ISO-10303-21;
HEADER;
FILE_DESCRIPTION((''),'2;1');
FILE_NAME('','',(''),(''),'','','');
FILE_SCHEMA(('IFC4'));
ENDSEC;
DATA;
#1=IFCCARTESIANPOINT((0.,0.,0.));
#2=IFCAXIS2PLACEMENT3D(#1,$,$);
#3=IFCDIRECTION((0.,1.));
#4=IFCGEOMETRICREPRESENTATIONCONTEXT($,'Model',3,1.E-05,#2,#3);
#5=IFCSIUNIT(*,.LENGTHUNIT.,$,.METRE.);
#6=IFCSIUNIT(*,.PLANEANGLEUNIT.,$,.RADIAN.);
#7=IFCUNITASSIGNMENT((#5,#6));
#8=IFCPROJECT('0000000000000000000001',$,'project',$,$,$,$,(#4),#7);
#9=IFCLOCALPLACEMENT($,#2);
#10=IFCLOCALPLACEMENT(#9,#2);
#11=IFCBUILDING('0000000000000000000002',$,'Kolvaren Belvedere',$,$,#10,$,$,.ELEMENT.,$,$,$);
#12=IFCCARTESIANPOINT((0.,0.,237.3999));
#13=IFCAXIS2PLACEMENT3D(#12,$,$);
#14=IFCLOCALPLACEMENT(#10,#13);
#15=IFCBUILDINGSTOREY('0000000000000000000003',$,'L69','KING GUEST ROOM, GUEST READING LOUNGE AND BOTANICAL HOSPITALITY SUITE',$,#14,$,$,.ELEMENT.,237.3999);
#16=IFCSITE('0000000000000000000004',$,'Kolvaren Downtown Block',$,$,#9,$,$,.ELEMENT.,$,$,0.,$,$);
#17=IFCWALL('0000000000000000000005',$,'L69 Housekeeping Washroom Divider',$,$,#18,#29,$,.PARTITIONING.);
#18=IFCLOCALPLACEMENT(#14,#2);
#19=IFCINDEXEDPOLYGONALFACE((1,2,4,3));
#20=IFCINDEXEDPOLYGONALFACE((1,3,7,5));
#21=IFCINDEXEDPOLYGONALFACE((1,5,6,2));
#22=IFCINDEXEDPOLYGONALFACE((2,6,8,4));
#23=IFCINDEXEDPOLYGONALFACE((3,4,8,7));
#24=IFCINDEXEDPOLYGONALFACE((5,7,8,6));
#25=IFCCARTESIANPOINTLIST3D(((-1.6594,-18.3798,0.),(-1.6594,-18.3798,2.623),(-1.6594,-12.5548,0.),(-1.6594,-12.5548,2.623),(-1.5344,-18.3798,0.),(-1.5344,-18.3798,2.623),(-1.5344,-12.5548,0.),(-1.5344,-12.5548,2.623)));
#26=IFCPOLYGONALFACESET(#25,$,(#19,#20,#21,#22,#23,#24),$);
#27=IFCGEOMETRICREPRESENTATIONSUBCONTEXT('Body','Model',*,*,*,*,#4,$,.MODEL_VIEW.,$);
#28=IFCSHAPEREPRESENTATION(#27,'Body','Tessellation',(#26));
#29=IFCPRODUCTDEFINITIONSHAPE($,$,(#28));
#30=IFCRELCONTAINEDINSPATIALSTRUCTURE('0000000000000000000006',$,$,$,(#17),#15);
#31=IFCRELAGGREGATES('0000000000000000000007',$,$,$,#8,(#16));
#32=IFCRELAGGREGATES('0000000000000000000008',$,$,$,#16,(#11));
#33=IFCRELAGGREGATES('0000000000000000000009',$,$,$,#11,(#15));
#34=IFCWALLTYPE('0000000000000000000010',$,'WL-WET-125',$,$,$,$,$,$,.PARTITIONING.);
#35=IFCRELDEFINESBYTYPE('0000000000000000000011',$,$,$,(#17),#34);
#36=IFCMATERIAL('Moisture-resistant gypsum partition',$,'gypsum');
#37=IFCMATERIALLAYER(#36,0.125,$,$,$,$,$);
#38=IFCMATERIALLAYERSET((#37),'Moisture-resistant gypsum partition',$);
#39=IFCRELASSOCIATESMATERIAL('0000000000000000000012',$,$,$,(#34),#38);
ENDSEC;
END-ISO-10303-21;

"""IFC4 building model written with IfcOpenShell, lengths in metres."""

from ifc_helpers import new_model, si_unit, direction, frame, frame_2d, origin, place, context, subcontext, project, spatial, rectangle, extrude, material, layer, layer_set, type_object, element, save


model = new_model("IFC4")

# Units and contexts
model_context = context("Model", 3, precision=1e-05, world=origin(), true_north=direction((0.0, 1.0)))
body_context = subcontext(model_context, "Body", "Model", "MODEL_VIEW")
ifc_project = project(units=[si_unit("LENGTHUNIT", "METRE"), si_unit("PLANEANGLEUNIT", "RADIAN")], contexts=[model_context])

# Site, building, storey
site_placement = place(None, origin())
site = spatial("IfcSite", under=ifc_project, at=site_placement, Name="Kolvaren Downtown Block", CompositionType="ELEMENT", RefElevation=0.0)
building_placement = place(site_placement, origin())
building = spatial("IfcBuilding", under=site, at=building_placement, Name="Kolvaren Belvedere", CompositionType="ELEMENT")
storey_placement = place(building_placement, frame((0.0, 0.0, 237.3999)))
storey = spatial("IfcBuildingStorey", under=building, at=storey_placement, Name="L69", Description="KING GUEST ROOM, GUEST READING LOUNGE AND BOTANICAL HOSPITALITY SUITE", CompositionType="ELEMENT", Elevation=237.3999)

# Wall
ifc_material_1 = material(Name="Moisture-resistant gypsum partition", Category="gypsum")
ifc_layer_1 = layer(ifc_material_1, 0.125)
ifc_layer_set_1 = layer_set([ifc_layer_1], Name="Moisture-resistant gypsum partition")
wall_type_1 = type_object("IfcWallType", Name="WL-WET-125", PredefinedType="PARTITIONING", material=ifc_layer_set_1)
wall_1_placement = place(storey_placement, frame((-1.5969, -18.3799, 0.0), z_axis=(0.0, 0.0, 1.0), x_axis=(0.0, 1.0, 0.0)))
element("IfcWall", 1, at=wall_1_placement, inside=storey, type_object=wall_type_1, Name="L69 Housekeeping Washroom Divider", PredefinedType="PARTITIONING", context=body_context, shape_type="SweptSolid", body=[
    extrude(rectangle(XDim=5.825, YDim=0.125, at=frame_2d((2.9126, 0.0))), origin(), (0.0, 0.0, 1.0), 2.623),
])

save(model, "model.ifc")
